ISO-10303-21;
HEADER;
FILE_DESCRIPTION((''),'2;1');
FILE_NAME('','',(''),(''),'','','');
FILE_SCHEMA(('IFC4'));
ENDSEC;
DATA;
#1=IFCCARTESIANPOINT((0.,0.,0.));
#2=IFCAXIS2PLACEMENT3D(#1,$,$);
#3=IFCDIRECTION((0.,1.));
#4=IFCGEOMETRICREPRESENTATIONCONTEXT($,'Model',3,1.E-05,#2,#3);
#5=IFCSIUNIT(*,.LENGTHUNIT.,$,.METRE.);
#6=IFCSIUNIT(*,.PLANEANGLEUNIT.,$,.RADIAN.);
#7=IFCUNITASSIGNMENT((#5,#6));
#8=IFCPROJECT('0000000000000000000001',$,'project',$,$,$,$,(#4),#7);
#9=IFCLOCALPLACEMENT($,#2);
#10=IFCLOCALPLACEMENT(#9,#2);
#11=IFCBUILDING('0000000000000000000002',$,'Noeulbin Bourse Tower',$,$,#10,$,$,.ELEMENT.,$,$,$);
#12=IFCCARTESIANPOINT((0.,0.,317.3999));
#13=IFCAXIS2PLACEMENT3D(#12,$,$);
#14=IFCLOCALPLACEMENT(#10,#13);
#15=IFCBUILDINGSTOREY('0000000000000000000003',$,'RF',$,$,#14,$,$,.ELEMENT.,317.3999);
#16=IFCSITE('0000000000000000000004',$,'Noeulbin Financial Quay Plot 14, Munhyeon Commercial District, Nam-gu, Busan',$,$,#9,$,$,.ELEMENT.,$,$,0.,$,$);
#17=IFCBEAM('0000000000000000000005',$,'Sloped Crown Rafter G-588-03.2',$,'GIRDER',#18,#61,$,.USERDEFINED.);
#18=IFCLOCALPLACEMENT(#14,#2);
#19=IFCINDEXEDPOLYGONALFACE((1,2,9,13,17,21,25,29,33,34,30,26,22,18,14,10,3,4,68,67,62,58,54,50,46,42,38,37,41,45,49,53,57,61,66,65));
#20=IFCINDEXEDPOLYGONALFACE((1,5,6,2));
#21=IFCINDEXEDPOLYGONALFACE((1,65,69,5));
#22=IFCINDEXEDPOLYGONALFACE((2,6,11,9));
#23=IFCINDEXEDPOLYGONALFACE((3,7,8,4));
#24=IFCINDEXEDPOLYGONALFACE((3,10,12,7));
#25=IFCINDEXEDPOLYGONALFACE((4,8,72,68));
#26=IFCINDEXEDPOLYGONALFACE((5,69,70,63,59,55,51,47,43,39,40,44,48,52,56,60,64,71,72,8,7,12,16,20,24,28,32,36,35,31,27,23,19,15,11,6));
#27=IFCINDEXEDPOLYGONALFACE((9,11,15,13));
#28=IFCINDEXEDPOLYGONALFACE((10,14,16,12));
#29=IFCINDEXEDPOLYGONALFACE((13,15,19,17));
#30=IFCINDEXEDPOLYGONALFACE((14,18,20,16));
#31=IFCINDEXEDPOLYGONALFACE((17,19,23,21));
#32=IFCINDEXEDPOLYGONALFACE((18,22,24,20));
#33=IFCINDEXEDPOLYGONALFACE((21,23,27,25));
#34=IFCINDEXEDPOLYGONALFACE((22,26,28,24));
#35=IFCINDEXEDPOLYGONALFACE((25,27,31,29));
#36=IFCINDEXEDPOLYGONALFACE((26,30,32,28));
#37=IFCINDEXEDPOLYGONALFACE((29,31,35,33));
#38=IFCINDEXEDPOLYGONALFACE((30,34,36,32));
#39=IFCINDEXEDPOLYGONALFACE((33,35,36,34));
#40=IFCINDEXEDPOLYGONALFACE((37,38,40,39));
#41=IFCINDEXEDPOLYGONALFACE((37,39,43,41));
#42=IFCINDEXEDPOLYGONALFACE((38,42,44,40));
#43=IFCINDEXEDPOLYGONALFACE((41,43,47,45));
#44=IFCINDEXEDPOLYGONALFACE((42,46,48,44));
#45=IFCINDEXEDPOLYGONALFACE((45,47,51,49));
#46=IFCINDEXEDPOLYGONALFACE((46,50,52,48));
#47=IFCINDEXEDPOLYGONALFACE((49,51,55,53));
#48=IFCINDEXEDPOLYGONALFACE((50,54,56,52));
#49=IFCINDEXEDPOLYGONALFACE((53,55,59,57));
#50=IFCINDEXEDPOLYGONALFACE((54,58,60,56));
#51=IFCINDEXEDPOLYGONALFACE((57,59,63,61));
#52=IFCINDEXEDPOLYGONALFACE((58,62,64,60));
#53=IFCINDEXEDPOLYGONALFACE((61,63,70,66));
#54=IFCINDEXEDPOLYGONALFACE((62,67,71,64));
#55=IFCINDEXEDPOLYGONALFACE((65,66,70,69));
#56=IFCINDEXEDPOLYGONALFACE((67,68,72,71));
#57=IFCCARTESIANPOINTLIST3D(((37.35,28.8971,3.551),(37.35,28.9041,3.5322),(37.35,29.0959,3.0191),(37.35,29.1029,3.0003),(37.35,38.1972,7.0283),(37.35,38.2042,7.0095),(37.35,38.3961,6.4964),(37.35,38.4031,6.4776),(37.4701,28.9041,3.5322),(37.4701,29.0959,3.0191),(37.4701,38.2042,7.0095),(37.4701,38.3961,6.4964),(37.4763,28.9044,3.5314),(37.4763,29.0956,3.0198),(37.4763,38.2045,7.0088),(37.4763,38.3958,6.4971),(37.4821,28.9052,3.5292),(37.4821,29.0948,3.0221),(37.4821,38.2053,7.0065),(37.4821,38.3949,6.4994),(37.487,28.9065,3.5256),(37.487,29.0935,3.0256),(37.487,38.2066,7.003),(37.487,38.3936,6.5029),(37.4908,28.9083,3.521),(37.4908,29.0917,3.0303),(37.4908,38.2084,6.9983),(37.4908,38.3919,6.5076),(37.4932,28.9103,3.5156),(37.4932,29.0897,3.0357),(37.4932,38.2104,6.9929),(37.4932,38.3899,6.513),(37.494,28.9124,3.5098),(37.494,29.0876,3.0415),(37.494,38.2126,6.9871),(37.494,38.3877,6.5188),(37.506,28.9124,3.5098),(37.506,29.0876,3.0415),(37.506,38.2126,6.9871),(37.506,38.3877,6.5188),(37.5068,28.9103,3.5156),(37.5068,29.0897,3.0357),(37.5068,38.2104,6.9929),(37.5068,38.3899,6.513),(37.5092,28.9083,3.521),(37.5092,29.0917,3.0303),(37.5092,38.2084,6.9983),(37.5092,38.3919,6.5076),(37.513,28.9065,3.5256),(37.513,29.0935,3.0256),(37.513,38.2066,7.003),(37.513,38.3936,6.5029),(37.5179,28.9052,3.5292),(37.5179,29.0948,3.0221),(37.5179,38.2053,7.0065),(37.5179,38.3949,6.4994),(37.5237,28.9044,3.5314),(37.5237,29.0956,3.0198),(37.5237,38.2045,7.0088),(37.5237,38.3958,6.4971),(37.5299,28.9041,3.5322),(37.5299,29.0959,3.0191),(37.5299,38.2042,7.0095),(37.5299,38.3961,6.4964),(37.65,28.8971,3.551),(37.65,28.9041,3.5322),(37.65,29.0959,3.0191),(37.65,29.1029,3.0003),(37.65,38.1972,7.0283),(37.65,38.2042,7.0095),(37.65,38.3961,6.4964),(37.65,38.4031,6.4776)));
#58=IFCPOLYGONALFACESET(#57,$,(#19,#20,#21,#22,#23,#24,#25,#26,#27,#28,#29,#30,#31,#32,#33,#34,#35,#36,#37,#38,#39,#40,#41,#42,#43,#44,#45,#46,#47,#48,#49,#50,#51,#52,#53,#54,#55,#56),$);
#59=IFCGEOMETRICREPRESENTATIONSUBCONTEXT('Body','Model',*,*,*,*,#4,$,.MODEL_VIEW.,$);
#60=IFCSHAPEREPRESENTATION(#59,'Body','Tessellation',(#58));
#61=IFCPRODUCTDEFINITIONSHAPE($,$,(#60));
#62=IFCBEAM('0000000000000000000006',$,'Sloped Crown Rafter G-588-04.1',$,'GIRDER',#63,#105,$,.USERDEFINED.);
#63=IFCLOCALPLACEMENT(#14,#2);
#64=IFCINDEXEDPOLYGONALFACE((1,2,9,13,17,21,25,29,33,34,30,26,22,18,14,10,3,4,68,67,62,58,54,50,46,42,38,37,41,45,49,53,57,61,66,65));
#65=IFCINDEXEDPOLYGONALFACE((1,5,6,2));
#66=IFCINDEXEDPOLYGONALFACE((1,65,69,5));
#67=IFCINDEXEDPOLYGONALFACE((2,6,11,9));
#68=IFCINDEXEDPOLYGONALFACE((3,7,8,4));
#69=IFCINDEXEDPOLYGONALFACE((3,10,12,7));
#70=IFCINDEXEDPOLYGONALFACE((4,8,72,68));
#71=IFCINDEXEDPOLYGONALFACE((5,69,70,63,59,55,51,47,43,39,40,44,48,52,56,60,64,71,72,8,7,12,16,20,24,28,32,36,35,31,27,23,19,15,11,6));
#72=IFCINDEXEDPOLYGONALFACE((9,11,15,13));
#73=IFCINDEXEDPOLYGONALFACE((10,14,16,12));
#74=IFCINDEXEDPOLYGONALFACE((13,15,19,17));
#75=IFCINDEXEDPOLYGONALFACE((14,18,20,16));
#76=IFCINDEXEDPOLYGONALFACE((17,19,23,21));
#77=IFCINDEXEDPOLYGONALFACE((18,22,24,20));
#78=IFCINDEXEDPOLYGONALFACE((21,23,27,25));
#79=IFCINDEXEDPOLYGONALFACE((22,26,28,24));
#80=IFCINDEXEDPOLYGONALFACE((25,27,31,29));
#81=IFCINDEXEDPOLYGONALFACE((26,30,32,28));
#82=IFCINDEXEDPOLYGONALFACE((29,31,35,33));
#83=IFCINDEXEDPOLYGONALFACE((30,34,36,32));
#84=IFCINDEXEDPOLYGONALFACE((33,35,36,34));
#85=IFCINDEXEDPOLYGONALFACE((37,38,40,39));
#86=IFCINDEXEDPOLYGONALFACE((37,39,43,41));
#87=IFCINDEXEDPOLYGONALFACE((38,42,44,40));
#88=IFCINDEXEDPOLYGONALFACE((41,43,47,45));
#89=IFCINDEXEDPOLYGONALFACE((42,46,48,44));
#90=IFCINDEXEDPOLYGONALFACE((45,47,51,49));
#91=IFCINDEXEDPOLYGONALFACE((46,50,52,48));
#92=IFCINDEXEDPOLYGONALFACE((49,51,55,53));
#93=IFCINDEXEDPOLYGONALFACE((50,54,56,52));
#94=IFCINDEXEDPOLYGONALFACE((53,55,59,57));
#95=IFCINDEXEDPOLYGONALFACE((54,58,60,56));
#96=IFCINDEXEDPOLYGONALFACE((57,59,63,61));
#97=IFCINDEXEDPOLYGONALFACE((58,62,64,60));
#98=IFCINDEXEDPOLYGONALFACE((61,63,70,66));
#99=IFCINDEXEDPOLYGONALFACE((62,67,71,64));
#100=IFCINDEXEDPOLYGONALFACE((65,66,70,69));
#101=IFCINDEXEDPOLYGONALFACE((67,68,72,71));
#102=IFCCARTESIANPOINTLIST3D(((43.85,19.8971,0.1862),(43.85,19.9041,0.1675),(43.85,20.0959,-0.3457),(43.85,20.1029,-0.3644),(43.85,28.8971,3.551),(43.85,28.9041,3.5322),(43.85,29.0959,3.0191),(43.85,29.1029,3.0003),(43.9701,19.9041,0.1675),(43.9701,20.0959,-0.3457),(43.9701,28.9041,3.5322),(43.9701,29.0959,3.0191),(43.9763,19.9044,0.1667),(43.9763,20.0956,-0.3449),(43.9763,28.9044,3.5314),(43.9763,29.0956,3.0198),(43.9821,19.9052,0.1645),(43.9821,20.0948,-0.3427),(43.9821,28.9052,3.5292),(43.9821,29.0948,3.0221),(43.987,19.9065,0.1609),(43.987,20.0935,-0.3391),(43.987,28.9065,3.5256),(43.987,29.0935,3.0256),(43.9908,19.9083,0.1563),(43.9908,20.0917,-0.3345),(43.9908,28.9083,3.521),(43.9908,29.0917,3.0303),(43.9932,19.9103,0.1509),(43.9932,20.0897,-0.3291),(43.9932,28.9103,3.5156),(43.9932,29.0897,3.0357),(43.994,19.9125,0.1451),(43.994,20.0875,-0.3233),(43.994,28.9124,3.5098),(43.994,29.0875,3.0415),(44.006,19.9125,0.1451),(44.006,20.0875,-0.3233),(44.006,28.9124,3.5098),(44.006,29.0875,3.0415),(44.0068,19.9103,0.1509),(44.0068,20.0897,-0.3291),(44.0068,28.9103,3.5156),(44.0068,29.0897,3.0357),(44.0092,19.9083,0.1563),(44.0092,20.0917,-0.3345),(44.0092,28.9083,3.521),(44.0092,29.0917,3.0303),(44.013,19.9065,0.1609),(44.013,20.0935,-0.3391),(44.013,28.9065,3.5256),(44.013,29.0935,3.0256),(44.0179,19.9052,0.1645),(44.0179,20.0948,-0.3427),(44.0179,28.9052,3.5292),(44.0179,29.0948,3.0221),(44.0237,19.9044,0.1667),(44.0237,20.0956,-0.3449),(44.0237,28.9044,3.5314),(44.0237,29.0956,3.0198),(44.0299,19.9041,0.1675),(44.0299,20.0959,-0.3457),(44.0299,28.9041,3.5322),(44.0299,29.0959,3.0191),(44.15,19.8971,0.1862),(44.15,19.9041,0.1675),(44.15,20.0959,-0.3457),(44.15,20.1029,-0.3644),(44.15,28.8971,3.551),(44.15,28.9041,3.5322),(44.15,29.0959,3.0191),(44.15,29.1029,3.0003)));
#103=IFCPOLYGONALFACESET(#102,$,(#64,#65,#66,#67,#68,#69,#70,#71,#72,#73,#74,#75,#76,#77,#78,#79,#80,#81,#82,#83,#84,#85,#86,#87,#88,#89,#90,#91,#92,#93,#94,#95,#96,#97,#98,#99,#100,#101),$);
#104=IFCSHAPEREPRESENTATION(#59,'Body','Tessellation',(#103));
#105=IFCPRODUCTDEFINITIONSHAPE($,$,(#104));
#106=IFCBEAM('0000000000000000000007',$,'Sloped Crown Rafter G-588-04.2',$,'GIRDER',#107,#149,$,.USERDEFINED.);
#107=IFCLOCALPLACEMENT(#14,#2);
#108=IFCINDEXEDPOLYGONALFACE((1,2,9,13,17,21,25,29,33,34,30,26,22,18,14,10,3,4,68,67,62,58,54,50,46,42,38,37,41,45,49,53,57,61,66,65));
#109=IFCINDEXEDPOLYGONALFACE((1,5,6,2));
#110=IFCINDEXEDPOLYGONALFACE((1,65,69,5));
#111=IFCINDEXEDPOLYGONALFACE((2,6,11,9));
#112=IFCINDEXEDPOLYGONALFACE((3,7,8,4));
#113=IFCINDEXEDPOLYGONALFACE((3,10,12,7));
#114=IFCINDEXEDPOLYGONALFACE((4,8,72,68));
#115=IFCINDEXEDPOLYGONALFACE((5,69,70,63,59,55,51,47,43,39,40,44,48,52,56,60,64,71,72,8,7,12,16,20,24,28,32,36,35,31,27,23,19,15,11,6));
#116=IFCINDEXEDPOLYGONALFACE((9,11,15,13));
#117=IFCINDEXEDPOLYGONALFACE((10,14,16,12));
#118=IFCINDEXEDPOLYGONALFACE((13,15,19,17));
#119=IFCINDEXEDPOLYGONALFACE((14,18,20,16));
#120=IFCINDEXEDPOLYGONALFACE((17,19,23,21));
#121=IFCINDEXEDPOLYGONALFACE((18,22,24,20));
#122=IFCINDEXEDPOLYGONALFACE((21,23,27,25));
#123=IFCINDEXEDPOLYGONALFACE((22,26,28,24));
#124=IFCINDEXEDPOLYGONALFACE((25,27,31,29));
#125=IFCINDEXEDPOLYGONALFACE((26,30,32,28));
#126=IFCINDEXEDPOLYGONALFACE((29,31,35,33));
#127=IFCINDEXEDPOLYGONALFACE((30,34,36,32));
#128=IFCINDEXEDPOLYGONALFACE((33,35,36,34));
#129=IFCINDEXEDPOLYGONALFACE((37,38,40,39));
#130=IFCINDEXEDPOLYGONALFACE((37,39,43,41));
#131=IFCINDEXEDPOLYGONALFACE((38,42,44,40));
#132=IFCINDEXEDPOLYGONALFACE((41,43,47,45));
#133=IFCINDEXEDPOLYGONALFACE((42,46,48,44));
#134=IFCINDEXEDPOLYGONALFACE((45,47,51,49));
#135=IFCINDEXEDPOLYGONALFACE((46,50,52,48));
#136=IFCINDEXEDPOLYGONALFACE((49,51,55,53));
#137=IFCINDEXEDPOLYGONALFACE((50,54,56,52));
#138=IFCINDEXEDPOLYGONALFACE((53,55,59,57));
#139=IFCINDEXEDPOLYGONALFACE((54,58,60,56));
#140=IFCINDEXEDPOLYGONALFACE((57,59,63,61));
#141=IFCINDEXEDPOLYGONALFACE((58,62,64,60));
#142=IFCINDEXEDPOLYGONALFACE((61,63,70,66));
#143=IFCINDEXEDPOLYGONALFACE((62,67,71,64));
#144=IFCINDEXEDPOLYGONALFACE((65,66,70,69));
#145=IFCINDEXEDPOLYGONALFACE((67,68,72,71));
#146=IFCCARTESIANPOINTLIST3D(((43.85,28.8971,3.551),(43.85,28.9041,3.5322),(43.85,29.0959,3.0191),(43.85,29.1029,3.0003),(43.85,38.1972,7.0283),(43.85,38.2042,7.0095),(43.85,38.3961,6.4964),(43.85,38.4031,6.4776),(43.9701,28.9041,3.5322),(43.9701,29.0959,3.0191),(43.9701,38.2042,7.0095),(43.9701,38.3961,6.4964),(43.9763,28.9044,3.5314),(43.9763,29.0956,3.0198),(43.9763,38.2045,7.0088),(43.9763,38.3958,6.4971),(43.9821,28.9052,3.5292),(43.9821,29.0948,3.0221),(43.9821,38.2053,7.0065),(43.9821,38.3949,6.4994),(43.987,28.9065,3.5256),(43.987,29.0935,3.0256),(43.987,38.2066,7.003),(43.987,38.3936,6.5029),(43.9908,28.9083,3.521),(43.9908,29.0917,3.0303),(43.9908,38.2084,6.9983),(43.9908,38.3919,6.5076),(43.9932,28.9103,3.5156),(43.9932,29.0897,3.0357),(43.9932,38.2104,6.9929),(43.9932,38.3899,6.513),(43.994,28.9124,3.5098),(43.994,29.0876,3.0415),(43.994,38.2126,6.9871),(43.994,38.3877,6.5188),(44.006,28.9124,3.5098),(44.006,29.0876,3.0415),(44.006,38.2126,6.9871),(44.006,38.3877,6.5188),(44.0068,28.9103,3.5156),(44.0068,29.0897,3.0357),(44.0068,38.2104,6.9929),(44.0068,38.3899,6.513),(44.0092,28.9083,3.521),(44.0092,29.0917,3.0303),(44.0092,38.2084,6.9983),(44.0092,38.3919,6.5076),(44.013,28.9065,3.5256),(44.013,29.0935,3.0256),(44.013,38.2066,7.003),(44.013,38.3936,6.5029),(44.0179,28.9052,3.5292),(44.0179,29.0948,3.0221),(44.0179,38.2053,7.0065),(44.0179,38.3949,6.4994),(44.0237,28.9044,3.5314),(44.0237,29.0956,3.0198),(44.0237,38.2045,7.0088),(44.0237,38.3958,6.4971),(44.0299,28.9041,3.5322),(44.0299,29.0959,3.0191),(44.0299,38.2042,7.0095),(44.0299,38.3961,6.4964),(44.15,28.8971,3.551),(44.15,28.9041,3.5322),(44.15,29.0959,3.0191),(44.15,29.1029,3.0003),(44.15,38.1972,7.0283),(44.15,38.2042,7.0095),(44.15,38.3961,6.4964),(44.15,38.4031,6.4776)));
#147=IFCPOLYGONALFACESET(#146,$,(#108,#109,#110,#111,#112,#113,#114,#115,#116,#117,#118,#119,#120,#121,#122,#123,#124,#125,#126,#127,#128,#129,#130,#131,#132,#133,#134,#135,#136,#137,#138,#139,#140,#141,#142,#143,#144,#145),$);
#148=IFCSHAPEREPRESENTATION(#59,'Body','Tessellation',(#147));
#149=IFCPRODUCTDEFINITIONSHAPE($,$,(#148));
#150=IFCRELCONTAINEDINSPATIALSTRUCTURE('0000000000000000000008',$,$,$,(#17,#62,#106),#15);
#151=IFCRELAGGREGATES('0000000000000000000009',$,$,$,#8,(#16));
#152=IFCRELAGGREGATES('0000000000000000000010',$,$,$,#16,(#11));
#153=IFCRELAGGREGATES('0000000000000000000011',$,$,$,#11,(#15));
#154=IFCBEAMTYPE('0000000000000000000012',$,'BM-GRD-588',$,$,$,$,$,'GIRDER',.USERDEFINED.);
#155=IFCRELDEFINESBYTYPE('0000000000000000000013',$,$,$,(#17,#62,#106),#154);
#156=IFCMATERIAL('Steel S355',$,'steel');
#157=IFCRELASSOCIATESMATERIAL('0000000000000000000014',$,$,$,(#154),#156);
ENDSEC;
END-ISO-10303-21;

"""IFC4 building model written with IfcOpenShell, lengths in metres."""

from ifc_helpers import new_model, si_unit, direction, frame, origin, origin_2d, place, context, subcontext, project, spatial, i_section, extrude, material, material_profile, profile_set, type_object, element, save


model = new_model("IFC4")

# Units and contexts
model_context = context("Model", 3, precision=1e-05, world=origin(), true_north=direction((0.0, 1.0)))
body_context = subcontext(model_context, "Body", "Model", "MODEL_VIEW")
ifc_project = project(units=[si_unit("LENGTHUNIT", "METRE"), si_unit("PLANEANGLEUNIT", "RADIAN")], contexts=[model_context])

# Site, building, storey
site_placement = place(None, origin())
site = spatial("IfcSite", under=ifc_project, at=site_placement, Name="Noeulbin Financial Quay Plot 14, Munhyeon Commercial District, Nam-gu, Busan", CompositionType="ELEMENT", RefElevation=0.0)
building_placement = place(site_placement, origin())
building = spatial("IfcBuilding", under=site, at=building_placement, Name="Noeulbin Bourse Tower", CompositionType="ELEMENT")
storey_placement = place(building_placement, frame((0.0, 0.0, 317.3999)))
storey = spatial("IfcBuildingStorey", under=building, at=storey_placement, Name="RF", CompositionType="ELEMENT", Elevation=317.3999)

# Shared definitions
ifc_material_1 = material(Name="Steel S355", Category="steel")

# Beams
ifc_material_profile_1 = material_profile(ifc_material_1, i_section(OverallWidth=0.3, OverallDepth=0.5879, WebThickness=0.012, FlangeThickness=0.02, FilletRadius=0.0239, at=origin_2d()), Name="H-588x300x12x20", Category="LoadBearing")
ifc_profile_set_1 = profile_set([ifc_material_profile_1], Name="Steel S355")
beam_type = type_object("IfcBeamType", Name="BM-GRD-588", ElementType="GIRDER", PredefinedType="USERDEFINED", material=ifc_profile_set_1)
beam_1_placement = place(storey_placement, frame((37.5, 29.0, 3.2756), z_axis=(0.0, 0.936667, 0.350221), x_axis=(-1.0, 0.0, 0.0)))
element("IfcBeam", 1, at=beam_1_placement, inside=storey, type_object=beam_type, Name="Sloped Crown Rafter G-588-03.2", ObjectType="GIRDER", PredefinedType="USERDEFINED", context=body_context, shape_type="SweptSolid", body=[
    extrude(i_section(OverallWidth=0.3, OverallDepth=0.5879, WebThickness=0.012, FlangeThickness=0.02, FilletRadius=0.0239, at=origin_2d()), origin(), (0.0, 0.0, 1.0), 9.929),
])
beam_2_placement = place(storey_placement, frame((44.0, 20.0, -0.0891), z_axis=(0.0, 0.93668, 0.350188), x_axis=(-1.0, 0.0, 0.0)))
element("IfcBeam", 2, at=beam_2_placement, inside=storey, type_object=beam_type, Name="Sloped Crown Rafter G-588-04.1", ObjectType="GIRDER", PredefinedType="USERDEFINED", context=body_context, shape_type="SweptSolid", body=[
    extrude(i_section(OverallWidth=0.3, OverallDepth=0.5879, WebThickness=0.012, FlangeThickness=0.02, FilletRadius=0.0239, at=origin_2d()), origin(), (0.0, 0.0, 1.0), 9.6084),
])
beam_3_placement = place(storey_placement, frame((44.0, 29.0, 3.2756), z_axis=(0.0, 0.936667, 0.350221), x_axis=(-1.0, 0.0, 0.0)))
element("IfcBeam", 3, at=beam_3_placement, inside=storey, type_object=beam_type, Name="Sloped Crown Rafter G-588-04.2", ObjectType="GIRDER", PredefinedType="USERDEFINED", context=body_context, shape_type="SweptSolid", body=[
    extrude(i_section(OverallWidth=0.3, OverallDepth=0.5879, WebThickness=0.012, FlangeThickness=0.02, FilletRadius=0.0239, at=origin_2d()), origin(), (0.0, 0.0, 1.0), 9.929),
])

save(model, "model.ifc")
